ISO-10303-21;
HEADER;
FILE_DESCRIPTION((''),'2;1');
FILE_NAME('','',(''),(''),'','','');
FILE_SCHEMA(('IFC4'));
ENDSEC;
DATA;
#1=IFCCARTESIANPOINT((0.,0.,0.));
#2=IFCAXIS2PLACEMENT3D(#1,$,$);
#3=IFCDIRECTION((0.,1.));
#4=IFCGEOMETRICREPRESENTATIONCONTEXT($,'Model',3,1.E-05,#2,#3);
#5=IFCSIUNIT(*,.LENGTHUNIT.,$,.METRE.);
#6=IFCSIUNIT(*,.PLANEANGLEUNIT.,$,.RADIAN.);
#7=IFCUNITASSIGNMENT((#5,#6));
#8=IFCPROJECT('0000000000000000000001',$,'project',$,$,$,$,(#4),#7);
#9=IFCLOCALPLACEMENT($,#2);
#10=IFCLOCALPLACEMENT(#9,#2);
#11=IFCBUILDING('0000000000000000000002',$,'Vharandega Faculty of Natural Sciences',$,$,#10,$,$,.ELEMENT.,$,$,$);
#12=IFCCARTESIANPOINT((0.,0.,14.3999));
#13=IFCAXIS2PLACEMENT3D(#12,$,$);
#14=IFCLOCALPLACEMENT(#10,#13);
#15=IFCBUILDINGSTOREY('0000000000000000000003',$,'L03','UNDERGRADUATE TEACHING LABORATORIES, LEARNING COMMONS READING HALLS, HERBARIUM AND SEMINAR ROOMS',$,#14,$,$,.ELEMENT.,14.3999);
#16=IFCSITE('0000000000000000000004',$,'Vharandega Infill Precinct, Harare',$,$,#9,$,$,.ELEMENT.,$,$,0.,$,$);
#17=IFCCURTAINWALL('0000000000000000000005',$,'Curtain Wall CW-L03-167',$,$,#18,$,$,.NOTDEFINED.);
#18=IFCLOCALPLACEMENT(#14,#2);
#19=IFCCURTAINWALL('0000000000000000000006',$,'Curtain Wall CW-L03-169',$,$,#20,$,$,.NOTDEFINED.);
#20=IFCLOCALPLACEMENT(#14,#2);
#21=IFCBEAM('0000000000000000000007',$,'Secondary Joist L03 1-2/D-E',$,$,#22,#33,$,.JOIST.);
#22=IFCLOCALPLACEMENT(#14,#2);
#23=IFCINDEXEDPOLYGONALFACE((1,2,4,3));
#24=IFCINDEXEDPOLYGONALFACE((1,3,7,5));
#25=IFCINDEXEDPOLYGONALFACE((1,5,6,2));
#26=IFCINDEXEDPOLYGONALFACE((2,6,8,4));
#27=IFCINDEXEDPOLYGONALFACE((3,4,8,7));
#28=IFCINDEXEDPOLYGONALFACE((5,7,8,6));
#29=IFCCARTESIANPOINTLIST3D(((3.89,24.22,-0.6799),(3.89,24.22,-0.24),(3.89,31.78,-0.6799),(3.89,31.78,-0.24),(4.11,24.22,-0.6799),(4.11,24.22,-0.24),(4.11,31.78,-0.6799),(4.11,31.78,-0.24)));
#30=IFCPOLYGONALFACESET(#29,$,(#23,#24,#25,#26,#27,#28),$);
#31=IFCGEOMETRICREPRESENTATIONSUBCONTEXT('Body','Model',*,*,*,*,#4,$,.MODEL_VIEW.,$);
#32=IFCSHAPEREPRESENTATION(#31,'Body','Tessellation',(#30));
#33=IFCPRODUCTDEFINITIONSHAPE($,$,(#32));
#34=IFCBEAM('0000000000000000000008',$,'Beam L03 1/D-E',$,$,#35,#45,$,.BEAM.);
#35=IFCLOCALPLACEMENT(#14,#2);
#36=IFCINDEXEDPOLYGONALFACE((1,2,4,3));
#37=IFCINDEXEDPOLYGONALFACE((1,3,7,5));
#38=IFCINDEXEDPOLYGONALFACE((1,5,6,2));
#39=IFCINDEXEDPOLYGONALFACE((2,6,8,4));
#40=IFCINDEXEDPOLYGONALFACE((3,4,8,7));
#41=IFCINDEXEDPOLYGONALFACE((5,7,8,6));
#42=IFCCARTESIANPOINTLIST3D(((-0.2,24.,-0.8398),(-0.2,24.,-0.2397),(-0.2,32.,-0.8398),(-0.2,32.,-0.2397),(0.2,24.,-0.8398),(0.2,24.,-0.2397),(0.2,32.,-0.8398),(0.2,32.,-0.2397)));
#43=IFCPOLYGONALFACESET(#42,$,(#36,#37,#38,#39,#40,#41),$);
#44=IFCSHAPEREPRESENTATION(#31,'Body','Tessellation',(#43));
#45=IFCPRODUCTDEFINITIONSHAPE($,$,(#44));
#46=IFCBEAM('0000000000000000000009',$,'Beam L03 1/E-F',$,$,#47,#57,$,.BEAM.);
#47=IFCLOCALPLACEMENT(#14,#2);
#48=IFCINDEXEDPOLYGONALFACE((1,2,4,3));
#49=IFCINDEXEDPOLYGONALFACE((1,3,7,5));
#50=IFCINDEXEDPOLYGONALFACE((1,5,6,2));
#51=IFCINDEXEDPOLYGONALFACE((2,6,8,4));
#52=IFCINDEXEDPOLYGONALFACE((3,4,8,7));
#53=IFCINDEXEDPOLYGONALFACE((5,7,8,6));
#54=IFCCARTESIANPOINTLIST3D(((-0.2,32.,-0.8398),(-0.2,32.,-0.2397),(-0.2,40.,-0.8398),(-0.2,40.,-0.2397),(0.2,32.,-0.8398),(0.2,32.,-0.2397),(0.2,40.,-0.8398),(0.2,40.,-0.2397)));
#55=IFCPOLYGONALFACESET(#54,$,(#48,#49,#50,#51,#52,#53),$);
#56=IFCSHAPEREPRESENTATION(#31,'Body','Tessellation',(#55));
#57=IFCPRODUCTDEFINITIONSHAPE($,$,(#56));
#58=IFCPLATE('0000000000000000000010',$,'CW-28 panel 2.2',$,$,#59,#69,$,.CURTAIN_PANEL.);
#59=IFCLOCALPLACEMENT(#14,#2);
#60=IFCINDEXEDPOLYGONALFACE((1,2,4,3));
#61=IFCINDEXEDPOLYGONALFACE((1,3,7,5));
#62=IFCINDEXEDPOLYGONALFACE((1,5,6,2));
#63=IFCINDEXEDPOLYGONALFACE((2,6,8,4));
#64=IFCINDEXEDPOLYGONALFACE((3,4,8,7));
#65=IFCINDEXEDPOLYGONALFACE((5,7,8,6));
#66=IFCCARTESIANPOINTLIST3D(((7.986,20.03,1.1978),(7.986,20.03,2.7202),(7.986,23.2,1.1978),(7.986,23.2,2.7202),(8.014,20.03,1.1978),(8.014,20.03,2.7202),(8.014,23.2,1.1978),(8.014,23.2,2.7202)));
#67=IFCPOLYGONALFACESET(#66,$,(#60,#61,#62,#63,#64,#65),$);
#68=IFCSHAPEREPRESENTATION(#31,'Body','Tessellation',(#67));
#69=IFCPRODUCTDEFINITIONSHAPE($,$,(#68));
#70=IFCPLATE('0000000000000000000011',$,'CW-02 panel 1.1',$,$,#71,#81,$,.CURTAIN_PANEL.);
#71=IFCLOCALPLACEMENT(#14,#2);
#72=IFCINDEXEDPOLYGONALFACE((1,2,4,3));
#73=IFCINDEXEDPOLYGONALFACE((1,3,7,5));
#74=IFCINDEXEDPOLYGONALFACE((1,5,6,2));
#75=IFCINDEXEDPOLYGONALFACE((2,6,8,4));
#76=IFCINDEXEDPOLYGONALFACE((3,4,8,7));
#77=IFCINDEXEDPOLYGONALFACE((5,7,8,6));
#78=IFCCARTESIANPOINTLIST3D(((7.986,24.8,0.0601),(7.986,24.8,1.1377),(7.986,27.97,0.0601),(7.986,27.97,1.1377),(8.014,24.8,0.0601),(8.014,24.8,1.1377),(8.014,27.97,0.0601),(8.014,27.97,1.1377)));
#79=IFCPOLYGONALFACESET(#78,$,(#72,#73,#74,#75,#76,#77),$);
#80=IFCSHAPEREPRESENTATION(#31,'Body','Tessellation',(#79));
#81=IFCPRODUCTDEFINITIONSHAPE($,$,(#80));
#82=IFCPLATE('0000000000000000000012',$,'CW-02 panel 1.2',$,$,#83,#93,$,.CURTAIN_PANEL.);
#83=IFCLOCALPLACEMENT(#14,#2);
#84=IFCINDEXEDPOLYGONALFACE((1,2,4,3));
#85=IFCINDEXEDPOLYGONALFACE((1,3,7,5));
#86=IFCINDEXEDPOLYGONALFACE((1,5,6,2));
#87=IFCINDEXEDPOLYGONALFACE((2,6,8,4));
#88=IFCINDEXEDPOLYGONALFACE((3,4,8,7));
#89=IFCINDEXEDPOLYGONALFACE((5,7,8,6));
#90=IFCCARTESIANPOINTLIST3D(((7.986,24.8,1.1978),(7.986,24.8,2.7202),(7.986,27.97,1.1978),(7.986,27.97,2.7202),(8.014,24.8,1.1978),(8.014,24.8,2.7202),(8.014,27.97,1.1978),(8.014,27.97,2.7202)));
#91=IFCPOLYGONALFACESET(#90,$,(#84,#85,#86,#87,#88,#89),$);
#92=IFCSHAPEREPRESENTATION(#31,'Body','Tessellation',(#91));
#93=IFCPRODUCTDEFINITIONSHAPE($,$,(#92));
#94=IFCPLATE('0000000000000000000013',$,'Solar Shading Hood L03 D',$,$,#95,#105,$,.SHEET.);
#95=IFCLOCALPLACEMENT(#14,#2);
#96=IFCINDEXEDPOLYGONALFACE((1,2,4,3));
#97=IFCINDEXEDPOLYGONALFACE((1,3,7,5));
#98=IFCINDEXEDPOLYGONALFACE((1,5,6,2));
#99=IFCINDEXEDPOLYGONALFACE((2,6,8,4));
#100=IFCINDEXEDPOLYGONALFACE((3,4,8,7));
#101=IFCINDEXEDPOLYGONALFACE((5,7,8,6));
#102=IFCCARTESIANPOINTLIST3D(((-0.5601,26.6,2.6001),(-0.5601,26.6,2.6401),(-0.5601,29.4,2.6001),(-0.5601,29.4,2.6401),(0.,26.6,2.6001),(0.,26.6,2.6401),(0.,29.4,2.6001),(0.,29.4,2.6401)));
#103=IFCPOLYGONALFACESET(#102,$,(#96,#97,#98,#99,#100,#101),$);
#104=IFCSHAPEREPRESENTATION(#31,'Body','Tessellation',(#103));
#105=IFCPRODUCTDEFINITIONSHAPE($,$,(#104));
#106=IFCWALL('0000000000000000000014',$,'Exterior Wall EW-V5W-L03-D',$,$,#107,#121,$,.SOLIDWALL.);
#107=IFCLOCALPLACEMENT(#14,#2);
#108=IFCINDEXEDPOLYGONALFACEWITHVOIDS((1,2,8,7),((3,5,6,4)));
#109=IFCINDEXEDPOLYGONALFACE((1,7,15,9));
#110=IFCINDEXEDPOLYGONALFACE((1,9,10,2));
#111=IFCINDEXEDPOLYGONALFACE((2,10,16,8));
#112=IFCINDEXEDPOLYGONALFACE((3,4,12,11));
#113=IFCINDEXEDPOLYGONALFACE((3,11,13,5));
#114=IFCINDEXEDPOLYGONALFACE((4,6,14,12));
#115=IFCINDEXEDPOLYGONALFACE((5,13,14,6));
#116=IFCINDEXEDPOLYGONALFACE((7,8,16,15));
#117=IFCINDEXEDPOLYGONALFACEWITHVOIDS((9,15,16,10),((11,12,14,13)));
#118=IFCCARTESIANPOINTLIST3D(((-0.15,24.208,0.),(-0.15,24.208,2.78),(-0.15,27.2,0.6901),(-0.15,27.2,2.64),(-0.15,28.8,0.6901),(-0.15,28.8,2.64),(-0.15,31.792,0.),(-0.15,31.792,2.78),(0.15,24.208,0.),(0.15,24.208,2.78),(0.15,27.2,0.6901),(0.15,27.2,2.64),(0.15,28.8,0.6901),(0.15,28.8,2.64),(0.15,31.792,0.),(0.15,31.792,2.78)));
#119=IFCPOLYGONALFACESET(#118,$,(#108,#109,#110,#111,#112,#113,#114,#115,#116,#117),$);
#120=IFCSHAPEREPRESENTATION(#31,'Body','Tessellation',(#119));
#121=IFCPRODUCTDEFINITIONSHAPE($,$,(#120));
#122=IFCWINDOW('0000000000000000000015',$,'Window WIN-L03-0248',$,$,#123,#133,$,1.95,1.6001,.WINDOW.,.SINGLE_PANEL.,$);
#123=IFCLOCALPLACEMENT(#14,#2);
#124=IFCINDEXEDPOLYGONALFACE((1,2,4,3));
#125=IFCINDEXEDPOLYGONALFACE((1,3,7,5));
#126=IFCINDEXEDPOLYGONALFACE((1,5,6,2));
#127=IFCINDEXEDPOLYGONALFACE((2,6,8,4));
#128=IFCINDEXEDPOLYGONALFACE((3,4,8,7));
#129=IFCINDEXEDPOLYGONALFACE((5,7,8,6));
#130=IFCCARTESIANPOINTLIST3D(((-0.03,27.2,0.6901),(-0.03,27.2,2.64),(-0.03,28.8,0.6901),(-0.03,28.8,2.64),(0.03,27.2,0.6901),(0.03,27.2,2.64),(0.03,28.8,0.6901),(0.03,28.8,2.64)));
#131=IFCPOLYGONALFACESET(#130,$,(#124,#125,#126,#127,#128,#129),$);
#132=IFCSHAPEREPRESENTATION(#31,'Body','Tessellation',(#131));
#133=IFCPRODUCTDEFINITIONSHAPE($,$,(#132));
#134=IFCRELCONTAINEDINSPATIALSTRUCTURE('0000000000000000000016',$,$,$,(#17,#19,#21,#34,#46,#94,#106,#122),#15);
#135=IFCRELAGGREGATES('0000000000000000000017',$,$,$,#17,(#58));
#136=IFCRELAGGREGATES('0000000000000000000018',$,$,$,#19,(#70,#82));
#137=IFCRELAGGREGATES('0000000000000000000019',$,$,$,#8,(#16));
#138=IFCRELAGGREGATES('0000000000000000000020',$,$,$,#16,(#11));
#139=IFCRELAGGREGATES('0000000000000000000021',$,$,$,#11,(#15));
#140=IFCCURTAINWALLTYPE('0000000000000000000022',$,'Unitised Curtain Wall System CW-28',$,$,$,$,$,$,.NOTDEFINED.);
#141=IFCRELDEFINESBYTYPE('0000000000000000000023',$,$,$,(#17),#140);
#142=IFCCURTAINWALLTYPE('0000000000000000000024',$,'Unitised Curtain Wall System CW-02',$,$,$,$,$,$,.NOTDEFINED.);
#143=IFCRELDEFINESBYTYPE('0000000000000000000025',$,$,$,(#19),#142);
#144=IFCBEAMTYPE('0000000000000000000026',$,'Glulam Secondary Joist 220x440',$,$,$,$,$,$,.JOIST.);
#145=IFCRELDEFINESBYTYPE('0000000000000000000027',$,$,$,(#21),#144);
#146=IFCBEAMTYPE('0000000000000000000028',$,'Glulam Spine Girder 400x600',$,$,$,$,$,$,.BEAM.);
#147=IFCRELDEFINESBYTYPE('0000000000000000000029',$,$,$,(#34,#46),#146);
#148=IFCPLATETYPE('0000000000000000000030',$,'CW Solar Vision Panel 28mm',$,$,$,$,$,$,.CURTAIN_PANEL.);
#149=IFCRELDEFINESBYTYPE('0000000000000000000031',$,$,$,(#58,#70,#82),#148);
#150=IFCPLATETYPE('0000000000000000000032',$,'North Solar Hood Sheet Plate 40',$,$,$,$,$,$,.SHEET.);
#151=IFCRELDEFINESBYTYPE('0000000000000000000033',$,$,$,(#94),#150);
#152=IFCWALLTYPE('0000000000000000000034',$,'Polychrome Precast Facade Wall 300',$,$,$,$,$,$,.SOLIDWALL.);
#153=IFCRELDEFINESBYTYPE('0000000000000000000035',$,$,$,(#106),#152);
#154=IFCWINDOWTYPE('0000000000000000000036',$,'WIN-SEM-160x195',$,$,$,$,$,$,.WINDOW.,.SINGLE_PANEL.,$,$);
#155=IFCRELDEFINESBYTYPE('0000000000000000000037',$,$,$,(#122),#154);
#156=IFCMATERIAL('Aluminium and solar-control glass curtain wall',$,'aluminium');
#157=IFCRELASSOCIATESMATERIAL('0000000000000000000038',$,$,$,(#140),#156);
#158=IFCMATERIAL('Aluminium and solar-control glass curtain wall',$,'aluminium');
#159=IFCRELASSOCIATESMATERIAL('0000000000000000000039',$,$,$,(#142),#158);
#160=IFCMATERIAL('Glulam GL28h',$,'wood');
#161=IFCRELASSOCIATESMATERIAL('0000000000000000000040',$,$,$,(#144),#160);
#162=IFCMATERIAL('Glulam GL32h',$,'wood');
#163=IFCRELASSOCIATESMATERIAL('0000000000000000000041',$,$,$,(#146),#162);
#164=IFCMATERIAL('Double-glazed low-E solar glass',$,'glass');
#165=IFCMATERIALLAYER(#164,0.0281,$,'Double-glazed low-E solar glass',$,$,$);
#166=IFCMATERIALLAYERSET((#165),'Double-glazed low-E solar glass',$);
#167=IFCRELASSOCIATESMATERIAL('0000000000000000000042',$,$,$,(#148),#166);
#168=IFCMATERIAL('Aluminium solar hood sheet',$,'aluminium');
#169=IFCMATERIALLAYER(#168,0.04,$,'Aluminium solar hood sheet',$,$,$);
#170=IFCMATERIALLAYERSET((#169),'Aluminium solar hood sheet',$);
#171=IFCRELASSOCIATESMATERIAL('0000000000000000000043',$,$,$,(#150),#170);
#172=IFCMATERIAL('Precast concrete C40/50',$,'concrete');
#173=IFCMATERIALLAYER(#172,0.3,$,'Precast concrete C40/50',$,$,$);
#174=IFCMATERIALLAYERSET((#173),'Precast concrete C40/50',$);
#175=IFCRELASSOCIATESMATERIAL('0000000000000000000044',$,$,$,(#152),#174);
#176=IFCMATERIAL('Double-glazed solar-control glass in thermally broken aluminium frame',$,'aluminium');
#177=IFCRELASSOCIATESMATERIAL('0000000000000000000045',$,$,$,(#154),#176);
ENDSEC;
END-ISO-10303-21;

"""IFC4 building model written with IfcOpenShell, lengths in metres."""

from ifc_helpers import new_model, si_unit, direction, frame, frame_2d, origin, origin_2d, place, context, subcontext, project, spatial, rectangle, extrude, material, layer, layer_set, material_profile, profile_set, type_object, element, fill, aggregate, save


model = new_model("IFC4")

# Units and contexts
model_context = context("Model", 3, precision=1e-05, world=origin(), true_north=direction((0.0, 1.0)))
body_context = subcontext(model_context, "Body", "Model", "MODEL_VIEW")
ifc_project = project(units=[si_unit("LENGTHUNIT", "METRE"), si_unit("PLANEANGLEUNIT", "RADIAN")], contexts=[model_context])

# Site, building, storey
site_placement = place(None, origin())
site = spatial("IfcSite", under=ifc_project, at=site_placement, Name="Vharandega Infill Precinct, Harare", CompositionType="ELEMENT", RefElevation=0.0)
building_placement = place(site_placement, origin())
building = spatial("IfcBuilding", under=site, at=building_placement, Name="Vharandega Faculty of Natural Sciences", CompositionType="ELEMENT")
storey_placement = place(building_placement, frame((0.0, 0.0, 14.3999)))
storey = spatial("IfcBuildingStorey", under=building, at=storey_placement, Name="L03", Description="UNDERGRADUATE TEACHING LABORATORIES, LEARNING COMMONS READING HALLS, HERBARIUM AND SEMINAR ROOMS", CompositionType="ELEMENT", Elevation=14.3999)

# Curtain wall
ifc_material_1 = material(Name="Aluminium and solar-control glass curtain wall", Category="aluminium")
curtain_wall_type_1 = type_object("IfcCurtainWallType", Name="Unitised Curtain Wall System CW-28", PredefinedType="NOTDEFINED", material=ifc_material_1)
curtain_wall_1_placement = place(storey_placement, origin())
curtain_wall_1 = element("IfcCurtainWall", 1, at=curtain_wall_1_placement, inside=storey, type_object=curtain_wall_type_1, Name="Curtain Wall CW-L03-167", PredefinedType="NOTDEFINED")

# Curtain wall
ifc_material_2 = material(Name="Aluminium and solar-control glass curtain wall", Category="aluminium")
curtain_wall_type_2 = type_object("IfcCurtainWallType", Name="Unitised Curtain Wall System CW-02", PredefinedType="NOTDEFINED", material=ifc_material_2)
curtain_wall_2_placement = place(storey_placement, origin())
curtain_wall_2 = element("IfcCurtainWall", 2, at=curtain_wall_2_placement, inside=storey, type_object=curtain_wall_type_2, Name="Curtain Wall CW-L03-169", PredefinedType="NOTDEFINED")

# Beams
ifc_material_3 = material(Name="Glulam GL28h", Category="wood")
ifc_material_profile_1 = material_profile(ifc_material_3, rectangle(XDim=0.22, YDim=0.4399, at=origin_2d()), Name="GL28h 220x440")
ifc_profile_set_1 = profile_set([ifc_material_profile_1], Name="Glulam GL28h")
beam_type_1 = type_object("IfcBeamType", Name="Glulam Secondary Joist 220x440", PredefinedType="JOIST", material=ifc_profile_set_1)
beam_1_placement = place(storey_placement, frame((4.0, 24.22, -0.46), z_axis=(0.0, 1.0, 0.0), x_axis=(-1.0, 0.0, 0.0)))
element("IfcBeam", 3, at=beam_1_placement, inside=storey, type_object=beam_type_1, Name="Secondary Joist L03 1-2/D-E", PredefinedType="JOIST", context=body_context, shape_type="SweptSolid", body=[
    extrude(rectangle(XDim=0.22, YDim=0.4399, at=origin_2d()), origin(), (0.0, 0.0, 1.0), 7.5601),
])
ifc_material_4 = material(Name="Glulam GL32h", Category="wood")
ifc_material_profile_2 = material_profile(ifc_material_4, rectangle(XDim=0.3999, YDim=0.6001, at=origin_2d()), Name="GL32h 400x600")
ifc_profile_set_2 = profile_set([ifc_material_profile_2], Name="Glulam GL32h")
beam_type_2 = type_object("IfcBeamType", Name="Glulam Spine Girder 400x600", PredefinedType="BEAM", material=ifc_profile_set_2)
for number, where, z_axis, x_axis, name in (
    (4, (0.0, 24.0, -0.5398), (0.0, 1.0, 0.0), (-1.0, 0.0, 0.0), "Beam L03 1/D-E"),
    (5, (0.0, 32.0, -0.5398), (0.0, 1.0, 0.0), (-1.0, 0.0, 0.0), "Beam L03 1/E-F"),
):
    element("IfcBeam", number, at=place(storey_placement, frame(where, z_axis=z_axis, x_axis=x_axis)), inside=storey, type_object=beam_type_2, Name=name, PredefinedType="BEAM", context=body_context, shape_type="SweptSolid", body=[
        extrude(rectangle(XDim=0.3999, YDim=0.6001, at=origin_2d()), origin(), (0.0, 0.0, 1.0), 8.0),
    ])

# Plates
ifc_material_5 = material(Name="Double-glazed low-E solar glass", Category="glass")
ifc_layer_1 = layer(ifc_material_5, 0.0281, Name="Double-glazed low-E solar glass")
ifc_layer_set_1 = layer_set([ifc_layer_1], Name="Double-glazed low-E solar glass")
plate_type_1 = type_object("IfcPlateType", Name="CW Solar Vision Panel 28mm", PredefinedType="CURTAIN_PANEL", material=ifc_layer_set_1)
plate_1_placement = place(storey_placement, frame((8.0, 21.615, 1.1978), z_axis=(0.0, 0.0, 1.0), x_axis=(0.0, 1.0, 0.0)))
plate_1 = element("IfcPlate", 6, at=plate_1_placement, type_object=plate_type_1, Name="CW-28 panel 2.2", PredefinedType="CURTAIN_PANEL", context=body_context, shape_type="SweptSolid", body=[
    extrude(rectangle(XDim=3.1699, YDim=0.0281, at=origin_2d()), origin(), (0.0, 0.0, 1.0), 1.5225),
])
aggregate(curtain_wall_1, [plate_1])
plate_2_placement = place(storey_placement, frame((8.0, 26.385, 0.0601), z_axis=(0.0, 0.0, 1.0), x_axis=(0.0, 1.0, 0.0)))
plate_2 = element("IfcPlate", 7, at=plate_2_placement, type_object=plate_type_1, Name="CW-02 panel 1.1", PredefinedType="CURTAIN_PANEL", context=body_context, shape_type="SweptSolid", body=[
    extrude(rectangle(XDim=3.1699, YDim=0.0281, at=origin_2d()), origin(), (0.0, 0.0, 1.0), 1.0776),
])
plate_3_placement = place(storey_placement, frame((8.0, 26.385, 1.1978), z_axis=(0.0, 0.0, 1.0), x_axis=(0.0, 1.0, 0.0)))
plate_3 = element("IfcPlate", 8, at=plate_3_placement, type_object=plate_type_1, Name="CW-02 panel 1.2", PredefinedType="CURTAIN_PANEL", context=body_context, shape_type="SweptSolid", body=[
    extrude(rectangle(XDim=3.1699, YDim=0.0281, at=origin_2d()), origin(), (0.0, 0.0, 1.0), 1.5225),
])
aggregate(curtain_wall_2, [plate_2, plate_3])
ifc_material_6 = material(Name="Aluminium solar hood sheet", Category="aluminium")
ifc_layer_2 = layer(ifc_material_6, 0.04, Name="Aluminium solar hood sheet")
ifc_layer_set_2 = layer_set([ifc_layer_2], Name="Aluminium solar hood sheet")
plate_type_2 = type_object("IfcPlateType", Name="North Solar Hood Sheet Plate 40", PredefinedType="SHEET", material=ifc_layer_set_2)
plate_4_placement = place(storey_placement, frame((-0.28, 28.0, 2.6001), z_axis=(0.0, 0.0, 1.0), x_axis=(1.0, 0.0, 0.0)))
element("IfcPlate", 9, at=plate_4_placement, inside=storey, type_object=plate_type_2, Name="Solar Shading Hood L03 D", PredefinedType="SHEET", context=body_context, shape_type="SweptSolid", body=[
    extrude(rectangle(XDim=0.5601, YDim=2.8, at=origin_2d()), origin(), (0.0, 0.0, 1.0), 0.04),
])

# Wall, opening, window
ifc_material_7 = material(Name="Precast concrete C40/50", Category="concrete")
ifc_layer_3 = layer(ifc_material_7, 0.3, Name="Precast concrete C40/50")
ifc_layer_set_3 = layer_set([ifc_layer_3], Name="Precast concrete C40/50")
wall_type = type_object("IfcWallType", Name="Polychrome Precast Facade Wall 300", PredefinedType="SOLIDWALL", material=ifc_layer_set_3)
wall_placement = place(storey_placement, frame((0.0, 24.208, 0.0), z_axis=(0.0, 0.0, 1.0), x_axis=(0.0, 1.0, 0.0)))
wall = element("IfcWall", 10, at=wall_placement, inside=storey, type_object=wall_type, Name="Exterior Wall EW-V5W-L03-D", PredefinedType="SOLIDWALL", context=body_context, shape_type="SweptSolid", body=[
    extrude(rectangle(XDim=7.584, YDim=0.3, at=frame_2d((3.792, 0.0))), origin(), (0.0, 0.0, 1.0), 2.78),
])
opening_placement = place(wall_placement, frame((2.9919, 0.0, 0.6899)))
opening = element("IfcOpeningElement", 11, at=opening_placement, cuts=wall, PredefinedType="OPENING", context=body_context, shape_type="SweptSolid", body=[
    extrude(rectangle(XDim=1.6001, YDim=1.95, at=frame_2d((0.8, 0.9751))), frame((0.0, 0.1602, 0.0), z_axis=(0.0, -1.0, 0.0), x_axis=(1.0, 0.0, 0.0)), (0.0, 0.0, 1.0), 0.3201),
])
ifc_material_8 = material(Name="Double-glazed solar-control glass in thermally broken aluminium frame", Category="aluminium")
window_type = type_object("IfcWindowType", Name="WIN-SEM-160x195", PartitioningType="SINGLE_PANEL", PredefinedType="WINDOW", material=ifc_material_8)
window_placement = place(opening_placement, origin())
window = element("IfcWindow", 12, at=window_placement, inside=storey, type_object=window_type, Name="Window WIN-L03-0248", OverallHeight=1.95, OverallWidth=1.6001, PartitioningType="SINGLE_PANEL", PredefinedType="WINDOW", context=body_context, shape_type="SweptSolid", body=[
    extrude(rectangle(XDim=1.6001, YDim=1.95, at=frame_2d((0.8, 0.9751))), frame((0.0, 0.03, 0.0), z_axis=(0.0, -1.0, 0.0), x_axis=(1.0, 0.0, 0.0)), (0.0, 0.0, 1.0), 0.0601),
])
fill(opening, window)

save(model, "model.ifc")
